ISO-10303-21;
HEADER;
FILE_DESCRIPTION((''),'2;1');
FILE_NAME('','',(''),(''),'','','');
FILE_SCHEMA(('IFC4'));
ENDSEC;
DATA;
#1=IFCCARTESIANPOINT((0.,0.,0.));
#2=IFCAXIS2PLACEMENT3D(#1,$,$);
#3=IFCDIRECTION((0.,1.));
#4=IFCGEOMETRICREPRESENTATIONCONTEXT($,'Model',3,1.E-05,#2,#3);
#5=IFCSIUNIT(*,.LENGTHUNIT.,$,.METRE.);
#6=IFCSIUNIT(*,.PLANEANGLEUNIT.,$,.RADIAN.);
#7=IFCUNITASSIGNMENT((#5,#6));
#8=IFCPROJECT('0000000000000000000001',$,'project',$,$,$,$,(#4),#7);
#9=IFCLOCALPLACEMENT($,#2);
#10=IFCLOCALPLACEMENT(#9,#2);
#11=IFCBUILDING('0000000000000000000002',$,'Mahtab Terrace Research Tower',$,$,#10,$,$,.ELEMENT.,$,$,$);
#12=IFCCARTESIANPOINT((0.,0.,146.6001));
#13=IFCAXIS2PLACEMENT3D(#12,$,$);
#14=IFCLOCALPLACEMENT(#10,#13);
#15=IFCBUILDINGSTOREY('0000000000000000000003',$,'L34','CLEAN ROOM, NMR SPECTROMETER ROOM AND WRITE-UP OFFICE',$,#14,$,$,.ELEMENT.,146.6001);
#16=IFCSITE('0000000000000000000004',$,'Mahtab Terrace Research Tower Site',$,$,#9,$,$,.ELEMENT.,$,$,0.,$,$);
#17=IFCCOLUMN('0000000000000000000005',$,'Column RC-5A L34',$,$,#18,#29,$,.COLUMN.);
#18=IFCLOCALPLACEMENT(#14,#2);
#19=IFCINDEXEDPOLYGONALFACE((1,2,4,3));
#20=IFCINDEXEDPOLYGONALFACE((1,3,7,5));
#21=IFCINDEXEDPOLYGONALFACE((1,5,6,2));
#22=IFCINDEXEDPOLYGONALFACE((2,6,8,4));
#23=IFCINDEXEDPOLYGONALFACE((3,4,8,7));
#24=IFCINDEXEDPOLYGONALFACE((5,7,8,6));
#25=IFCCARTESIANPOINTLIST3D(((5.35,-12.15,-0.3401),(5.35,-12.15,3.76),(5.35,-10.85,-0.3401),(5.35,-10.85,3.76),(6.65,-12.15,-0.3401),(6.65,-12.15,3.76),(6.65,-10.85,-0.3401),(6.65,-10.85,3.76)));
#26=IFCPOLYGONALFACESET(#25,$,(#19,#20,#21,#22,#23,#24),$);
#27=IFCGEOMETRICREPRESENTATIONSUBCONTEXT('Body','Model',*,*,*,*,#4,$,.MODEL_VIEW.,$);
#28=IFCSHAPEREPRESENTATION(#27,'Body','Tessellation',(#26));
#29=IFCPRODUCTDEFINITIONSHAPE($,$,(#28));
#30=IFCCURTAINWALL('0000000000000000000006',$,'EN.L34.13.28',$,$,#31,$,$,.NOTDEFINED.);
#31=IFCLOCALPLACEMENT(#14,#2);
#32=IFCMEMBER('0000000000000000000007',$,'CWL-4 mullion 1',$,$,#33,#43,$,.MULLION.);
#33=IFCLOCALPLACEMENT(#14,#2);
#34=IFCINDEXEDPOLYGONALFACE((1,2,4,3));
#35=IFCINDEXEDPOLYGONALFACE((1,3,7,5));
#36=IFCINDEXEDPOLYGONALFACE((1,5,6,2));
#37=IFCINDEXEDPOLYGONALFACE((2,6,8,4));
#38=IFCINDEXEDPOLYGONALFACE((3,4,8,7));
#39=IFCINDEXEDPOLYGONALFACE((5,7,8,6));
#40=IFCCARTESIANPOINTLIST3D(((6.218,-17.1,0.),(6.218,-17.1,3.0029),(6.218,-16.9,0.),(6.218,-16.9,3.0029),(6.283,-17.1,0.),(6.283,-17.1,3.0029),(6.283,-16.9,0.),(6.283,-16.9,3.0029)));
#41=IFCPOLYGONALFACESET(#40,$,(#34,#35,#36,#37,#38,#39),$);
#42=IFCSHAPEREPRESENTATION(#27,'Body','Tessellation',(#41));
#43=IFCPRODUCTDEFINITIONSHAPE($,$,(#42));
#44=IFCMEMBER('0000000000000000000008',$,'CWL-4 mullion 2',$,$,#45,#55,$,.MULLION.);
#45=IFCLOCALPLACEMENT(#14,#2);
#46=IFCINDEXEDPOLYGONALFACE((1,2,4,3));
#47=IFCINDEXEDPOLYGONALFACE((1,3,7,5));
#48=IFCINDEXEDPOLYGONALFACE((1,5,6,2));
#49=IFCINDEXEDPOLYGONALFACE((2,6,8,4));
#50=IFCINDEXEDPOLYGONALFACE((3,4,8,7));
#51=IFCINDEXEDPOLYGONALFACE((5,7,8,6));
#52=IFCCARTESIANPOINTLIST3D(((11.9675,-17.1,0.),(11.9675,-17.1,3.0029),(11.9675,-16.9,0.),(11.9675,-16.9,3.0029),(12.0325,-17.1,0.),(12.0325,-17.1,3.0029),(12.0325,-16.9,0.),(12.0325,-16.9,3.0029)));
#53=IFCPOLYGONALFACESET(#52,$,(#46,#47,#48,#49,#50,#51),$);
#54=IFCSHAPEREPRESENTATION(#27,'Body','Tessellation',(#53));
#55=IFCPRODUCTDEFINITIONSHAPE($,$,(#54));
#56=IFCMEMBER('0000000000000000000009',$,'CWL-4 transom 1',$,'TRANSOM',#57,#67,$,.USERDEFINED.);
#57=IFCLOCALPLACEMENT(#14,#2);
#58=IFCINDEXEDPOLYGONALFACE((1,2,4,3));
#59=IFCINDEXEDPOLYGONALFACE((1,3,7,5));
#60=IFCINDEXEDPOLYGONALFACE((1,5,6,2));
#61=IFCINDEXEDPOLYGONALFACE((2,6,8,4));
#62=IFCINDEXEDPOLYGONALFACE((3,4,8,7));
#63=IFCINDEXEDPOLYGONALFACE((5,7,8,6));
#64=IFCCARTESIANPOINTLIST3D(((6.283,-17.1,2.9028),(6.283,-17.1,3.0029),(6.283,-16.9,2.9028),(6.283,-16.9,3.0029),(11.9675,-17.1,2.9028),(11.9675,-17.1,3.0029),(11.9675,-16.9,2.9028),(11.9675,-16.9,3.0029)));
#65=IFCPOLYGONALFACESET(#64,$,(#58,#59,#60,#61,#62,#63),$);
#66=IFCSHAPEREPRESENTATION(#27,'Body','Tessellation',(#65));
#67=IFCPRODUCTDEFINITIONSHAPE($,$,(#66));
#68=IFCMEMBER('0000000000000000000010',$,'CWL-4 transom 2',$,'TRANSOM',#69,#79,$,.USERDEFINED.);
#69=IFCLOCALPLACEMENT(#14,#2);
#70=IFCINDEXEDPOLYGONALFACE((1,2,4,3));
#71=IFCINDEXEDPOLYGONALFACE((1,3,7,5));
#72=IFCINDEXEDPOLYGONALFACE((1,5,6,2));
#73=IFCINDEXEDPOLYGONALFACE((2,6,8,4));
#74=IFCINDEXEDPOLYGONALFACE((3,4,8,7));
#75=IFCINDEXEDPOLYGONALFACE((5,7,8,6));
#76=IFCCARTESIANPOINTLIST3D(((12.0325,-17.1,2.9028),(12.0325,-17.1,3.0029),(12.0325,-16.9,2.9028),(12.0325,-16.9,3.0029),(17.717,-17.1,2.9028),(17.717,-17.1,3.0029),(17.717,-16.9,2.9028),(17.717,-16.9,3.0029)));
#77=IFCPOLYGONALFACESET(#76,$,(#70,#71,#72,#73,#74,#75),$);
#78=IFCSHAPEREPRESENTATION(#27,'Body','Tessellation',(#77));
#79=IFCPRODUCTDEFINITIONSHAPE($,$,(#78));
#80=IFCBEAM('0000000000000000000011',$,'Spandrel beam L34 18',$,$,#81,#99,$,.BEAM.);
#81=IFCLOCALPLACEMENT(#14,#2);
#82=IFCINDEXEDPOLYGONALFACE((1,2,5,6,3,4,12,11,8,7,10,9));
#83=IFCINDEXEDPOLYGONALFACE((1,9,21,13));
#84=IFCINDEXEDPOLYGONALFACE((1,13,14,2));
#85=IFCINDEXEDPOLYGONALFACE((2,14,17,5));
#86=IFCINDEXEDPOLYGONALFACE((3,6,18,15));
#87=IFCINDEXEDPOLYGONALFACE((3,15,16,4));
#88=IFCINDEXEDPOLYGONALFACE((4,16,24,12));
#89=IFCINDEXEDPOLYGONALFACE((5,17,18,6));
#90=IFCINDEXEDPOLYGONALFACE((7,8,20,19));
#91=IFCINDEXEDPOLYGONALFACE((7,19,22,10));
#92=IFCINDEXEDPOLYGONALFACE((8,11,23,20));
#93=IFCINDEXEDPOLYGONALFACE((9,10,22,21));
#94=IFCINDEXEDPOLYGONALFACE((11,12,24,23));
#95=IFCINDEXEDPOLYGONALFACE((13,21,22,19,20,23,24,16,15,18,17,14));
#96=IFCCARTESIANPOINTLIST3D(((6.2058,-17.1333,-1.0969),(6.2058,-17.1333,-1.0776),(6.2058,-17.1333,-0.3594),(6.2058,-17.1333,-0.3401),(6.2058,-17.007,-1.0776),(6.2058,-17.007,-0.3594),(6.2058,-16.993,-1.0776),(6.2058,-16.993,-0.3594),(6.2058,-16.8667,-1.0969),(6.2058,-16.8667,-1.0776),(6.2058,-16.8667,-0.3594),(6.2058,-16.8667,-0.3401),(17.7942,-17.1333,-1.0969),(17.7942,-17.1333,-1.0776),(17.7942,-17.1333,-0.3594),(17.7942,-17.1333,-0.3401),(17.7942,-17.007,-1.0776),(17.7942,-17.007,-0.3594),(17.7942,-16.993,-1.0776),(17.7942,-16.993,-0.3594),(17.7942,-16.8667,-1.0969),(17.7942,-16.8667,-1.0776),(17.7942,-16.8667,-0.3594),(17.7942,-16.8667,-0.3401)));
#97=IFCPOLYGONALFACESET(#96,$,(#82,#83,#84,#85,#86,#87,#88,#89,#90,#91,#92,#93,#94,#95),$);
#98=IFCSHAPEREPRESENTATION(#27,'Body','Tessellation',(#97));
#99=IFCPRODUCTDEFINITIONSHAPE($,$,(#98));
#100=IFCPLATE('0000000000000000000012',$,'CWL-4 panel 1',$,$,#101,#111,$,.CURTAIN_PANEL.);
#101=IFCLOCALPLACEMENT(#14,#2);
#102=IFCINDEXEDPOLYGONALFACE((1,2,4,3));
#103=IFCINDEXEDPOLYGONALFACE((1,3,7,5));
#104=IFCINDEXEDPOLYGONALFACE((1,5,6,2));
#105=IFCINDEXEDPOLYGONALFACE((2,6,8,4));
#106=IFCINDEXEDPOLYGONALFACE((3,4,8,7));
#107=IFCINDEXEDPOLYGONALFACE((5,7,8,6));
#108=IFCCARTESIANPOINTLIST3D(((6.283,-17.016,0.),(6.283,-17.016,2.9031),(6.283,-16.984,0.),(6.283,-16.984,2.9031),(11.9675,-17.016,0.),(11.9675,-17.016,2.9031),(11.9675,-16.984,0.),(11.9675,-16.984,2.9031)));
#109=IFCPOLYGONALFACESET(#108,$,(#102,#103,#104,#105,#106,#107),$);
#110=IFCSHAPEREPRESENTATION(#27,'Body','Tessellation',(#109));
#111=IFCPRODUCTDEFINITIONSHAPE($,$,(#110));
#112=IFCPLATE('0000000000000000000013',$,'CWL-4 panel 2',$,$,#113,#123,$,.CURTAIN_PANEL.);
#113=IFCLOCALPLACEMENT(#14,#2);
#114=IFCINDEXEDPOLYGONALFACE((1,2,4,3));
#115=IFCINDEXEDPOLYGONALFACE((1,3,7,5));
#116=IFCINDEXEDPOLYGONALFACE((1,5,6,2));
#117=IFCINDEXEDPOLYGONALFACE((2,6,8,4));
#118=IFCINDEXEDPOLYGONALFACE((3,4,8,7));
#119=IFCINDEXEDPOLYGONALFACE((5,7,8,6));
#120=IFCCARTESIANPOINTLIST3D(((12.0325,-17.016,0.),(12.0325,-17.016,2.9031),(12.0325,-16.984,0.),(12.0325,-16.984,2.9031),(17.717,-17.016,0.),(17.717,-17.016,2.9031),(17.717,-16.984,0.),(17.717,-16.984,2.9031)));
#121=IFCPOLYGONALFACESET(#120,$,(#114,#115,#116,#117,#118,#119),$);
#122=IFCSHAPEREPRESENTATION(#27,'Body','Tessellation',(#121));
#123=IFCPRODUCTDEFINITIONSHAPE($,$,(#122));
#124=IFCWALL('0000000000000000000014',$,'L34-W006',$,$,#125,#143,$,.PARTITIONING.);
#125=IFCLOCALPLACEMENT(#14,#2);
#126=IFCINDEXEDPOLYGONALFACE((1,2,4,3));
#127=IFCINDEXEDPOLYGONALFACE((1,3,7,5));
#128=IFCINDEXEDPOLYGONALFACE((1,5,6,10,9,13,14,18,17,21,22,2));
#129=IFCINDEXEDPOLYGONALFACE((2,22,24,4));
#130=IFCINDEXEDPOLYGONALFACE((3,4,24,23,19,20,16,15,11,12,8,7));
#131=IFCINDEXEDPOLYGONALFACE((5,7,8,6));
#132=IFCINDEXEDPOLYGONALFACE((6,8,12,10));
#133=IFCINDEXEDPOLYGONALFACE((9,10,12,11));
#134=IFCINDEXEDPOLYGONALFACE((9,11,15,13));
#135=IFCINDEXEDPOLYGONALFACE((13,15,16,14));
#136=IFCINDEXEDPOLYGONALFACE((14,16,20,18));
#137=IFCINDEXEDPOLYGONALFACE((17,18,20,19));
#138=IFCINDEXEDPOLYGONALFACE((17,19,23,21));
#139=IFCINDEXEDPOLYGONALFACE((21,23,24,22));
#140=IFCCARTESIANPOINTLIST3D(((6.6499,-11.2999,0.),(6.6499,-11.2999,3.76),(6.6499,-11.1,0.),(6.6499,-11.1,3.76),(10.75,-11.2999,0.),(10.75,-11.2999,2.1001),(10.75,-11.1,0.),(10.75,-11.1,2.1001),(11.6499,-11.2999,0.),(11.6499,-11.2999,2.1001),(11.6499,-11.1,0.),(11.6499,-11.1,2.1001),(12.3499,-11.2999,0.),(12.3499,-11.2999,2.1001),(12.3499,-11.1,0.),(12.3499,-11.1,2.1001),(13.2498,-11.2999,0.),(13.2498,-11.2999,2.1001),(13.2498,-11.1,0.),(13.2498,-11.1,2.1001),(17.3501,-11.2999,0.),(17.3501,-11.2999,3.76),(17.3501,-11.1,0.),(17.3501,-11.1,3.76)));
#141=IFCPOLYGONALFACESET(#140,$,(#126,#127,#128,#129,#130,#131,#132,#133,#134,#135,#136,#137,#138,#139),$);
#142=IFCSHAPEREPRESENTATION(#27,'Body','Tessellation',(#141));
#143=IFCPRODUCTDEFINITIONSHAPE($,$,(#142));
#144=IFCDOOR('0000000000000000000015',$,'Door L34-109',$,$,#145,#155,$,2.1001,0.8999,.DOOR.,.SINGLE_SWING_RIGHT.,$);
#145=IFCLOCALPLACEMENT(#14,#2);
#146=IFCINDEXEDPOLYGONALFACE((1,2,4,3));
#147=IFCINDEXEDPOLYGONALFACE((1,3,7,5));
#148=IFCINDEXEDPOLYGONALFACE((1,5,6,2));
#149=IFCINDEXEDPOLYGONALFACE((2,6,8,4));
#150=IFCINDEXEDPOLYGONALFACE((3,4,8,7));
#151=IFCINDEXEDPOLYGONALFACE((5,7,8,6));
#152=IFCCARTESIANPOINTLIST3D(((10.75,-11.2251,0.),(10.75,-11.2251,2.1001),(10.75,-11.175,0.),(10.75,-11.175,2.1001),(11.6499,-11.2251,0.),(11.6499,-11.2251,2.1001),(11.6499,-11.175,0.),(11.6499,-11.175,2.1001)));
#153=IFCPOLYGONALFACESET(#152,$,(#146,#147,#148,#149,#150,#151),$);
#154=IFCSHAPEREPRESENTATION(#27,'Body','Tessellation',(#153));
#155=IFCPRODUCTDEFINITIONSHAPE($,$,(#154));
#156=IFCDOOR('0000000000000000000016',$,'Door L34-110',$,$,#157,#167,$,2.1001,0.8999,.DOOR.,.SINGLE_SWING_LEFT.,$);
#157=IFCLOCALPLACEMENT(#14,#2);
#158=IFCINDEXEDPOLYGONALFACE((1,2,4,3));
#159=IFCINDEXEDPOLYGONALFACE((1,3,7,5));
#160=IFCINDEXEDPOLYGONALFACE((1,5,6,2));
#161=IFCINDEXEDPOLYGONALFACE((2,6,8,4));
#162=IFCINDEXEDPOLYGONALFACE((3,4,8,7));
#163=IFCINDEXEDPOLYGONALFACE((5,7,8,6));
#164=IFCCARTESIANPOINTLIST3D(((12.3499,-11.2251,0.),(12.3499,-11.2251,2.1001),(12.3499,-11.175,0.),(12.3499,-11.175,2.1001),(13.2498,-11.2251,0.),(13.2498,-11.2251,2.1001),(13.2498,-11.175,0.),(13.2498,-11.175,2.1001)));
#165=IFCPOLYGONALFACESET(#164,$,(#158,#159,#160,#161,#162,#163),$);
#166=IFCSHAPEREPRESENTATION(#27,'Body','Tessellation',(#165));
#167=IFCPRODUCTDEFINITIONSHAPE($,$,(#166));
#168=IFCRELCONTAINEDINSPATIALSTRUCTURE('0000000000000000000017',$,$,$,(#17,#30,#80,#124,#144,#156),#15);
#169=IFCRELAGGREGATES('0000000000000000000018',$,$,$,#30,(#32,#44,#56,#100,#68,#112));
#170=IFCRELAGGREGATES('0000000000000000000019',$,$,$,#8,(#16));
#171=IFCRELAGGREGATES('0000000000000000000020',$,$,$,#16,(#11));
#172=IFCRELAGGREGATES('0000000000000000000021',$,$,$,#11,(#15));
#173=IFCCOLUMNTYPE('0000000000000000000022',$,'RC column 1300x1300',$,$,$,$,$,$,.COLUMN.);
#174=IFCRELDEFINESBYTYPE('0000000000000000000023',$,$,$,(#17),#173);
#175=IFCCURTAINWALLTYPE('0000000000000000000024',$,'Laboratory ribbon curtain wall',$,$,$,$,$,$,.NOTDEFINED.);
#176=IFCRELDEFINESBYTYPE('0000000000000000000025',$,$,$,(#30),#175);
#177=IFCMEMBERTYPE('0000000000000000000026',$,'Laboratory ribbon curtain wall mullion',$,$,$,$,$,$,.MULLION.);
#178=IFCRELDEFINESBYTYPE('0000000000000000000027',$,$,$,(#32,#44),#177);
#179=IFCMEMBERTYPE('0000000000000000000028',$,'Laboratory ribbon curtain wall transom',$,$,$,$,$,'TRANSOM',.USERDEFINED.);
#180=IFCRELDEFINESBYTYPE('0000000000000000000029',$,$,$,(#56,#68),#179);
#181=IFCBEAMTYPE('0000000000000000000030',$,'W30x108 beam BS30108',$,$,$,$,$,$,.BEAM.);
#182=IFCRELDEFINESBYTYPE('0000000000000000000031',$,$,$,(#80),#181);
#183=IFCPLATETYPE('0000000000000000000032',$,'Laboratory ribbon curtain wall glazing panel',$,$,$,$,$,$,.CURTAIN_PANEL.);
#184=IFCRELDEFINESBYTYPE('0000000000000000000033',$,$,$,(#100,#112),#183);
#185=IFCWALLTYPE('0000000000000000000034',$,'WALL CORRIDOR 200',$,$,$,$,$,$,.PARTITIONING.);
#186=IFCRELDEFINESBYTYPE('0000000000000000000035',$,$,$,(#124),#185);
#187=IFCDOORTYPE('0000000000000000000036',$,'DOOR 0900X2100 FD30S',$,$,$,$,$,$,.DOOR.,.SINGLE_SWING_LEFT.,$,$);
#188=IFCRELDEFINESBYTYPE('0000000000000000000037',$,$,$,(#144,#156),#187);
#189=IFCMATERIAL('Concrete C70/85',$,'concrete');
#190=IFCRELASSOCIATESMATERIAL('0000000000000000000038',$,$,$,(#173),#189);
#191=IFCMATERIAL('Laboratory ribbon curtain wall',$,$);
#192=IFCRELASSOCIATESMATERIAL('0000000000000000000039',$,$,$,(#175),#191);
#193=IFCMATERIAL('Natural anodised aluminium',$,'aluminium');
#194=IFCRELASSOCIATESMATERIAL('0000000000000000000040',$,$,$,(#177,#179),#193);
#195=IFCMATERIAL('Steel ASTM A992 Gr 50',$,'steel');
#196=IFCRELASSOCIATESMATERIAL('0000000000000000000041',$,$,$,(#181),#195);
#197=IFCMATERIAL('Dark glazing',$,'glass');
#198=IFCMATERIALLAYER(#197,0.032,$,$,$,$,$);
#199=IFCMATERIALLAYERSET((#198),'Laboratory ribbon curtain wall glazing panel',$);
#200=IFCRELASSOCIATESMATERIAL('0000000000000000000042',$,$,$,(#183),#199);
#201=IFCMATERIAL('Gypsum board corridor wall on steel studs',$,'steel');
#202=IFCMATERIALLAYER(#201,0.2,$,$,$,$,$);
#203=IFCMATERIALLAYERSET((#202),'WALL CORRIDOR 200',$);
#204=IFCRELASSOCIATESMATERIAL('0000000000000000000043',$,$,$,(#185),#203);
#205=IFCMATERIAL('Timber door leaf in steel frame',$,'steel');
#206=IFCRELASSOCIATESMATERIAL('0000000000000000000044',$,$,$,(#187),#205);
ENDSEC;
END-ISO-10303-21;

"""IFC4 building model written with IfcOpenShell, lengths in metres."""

from ifc_helpers import new_model, si_unit, direction, frame, frame_2d, origin, origin_2d, place, context, subcontext, project, spatial, rectangle, i_section, extrude, material, layer, layer_set, material_profile, profile_set, type_object, element, fill, aggregate, save


model = new_model("IFC4")

# Units and contexts
model_context = context("Model", 3, precision=1e-05, world=origin(), true_north=direction((0.0, 1.0)))
body_context = subcontext(model_context, "Body", "Model", "MODEL_VIEW")
ifc_project = project(units=[si_unit("LENGTHUNIT", "METRE"), si_unit("PLANEANGLEUNIT", "RADIAN")], contexts=[model_context])

# Site, building, storey
site_placement = place(None, origin())
site = spatial("IfcSite", under=ifc_project, at=site_placement, Name="Mahtab Terrace Research Tower Site", CompositionType="ELEMENT", RefElevation=0.0)
building_placement = place(site_placement, origin())
building = spatial("IfcBuilding", under=site, at=building_placement, Name="Mahtab Terrace Research Tower", CompositionType="ELEMENT")
storey_placement = place(building_placement, frame((0.0, 0.0, 146.6001)))
storey = spatial("IfcBuildingStorey", under=building, at=storey_placement, Name="L34", Description="CLEAN ROOM, NMR SPECTROMETER ROOM AND WRITE-UP OFFICE", CompositionType="ELEMENT", Elevation=146.6001)

# Column
ifc_material_1 = material(Name="Concrete C70/85", Category="concrete")
ifc_material_profile_1 = material_profile(ifc_material_1, rectangle(XDim=1.3, YDim=1.3, at=origin_2d()), Name="RC column 1300x1300")
ifc_profile_set_1 = profile_set([ifc_material_profile_1], Name="Concrete C70/85")
column_type = type_object("IfcColumnType", Name="RC column 1300x1300", PredefinedType="COLUMN", material=ifc_profile_set_1)
column_placement = place(storey_placement, frame((6.0, -11.5, -0.3401), z_axis=(0.0, 0.0, 1.0), x_axis=(1.0, 0.0, 0.0)))
element("IfcColumn", 1, at=column_placement, inside=storey, type_object=column_type, Name="Column RC-5A L34", PredefinedType="COLUMN", context=body_context, shape_type="SweptSolid", body=[
    extrude(rectangle(XDim=1.3, YDim=1.3, at=origin_2d()), origin(), (0.0, 0.0, 1.0), 4.1001),
])

# Curtain wall, members
ifc_material_2 = material(Name="Laboratory ribbon curtain wall")
curtain_wall_type = type_object("IfcCurtainWallType", Name="Laboratory ribbon curtain wall", PredefinedType="NOTDEFINED", material=ifc_material_2)
curtain_wall_placement = place(storey_placement, origin())
curtain_wall = element("IfcCurtainWall", 2, at=curtain_wall_placement, inside=storey, type_object=curtain_wall_type, Name="EN.L34.13.28", PredefinedType="NOTDEFINED")
ifc_material_3 = material(Name="Natural anodised aluminium", Category="aluminium")
ifc_material_profile_2 = material_profile(ifc_material_3, rectangle(XDim=0.2, YDim=0.0649, at=origin_2d()), Name="MULLION 65x200")
ifc_profile_set_2 = profile_set([ifc_material_profile_2], Name="Natural anodised aluminium")
member_type_1 = type_object("IfcMemberType", Name="Laboratory ribbon curtain wall mullion", PredefinedType="MULLION", material=ifc_profile_set_2)
member_1_placement = place(storey_placement, frame((6.2505, -17.0, 0.0), z_axis=(0.0, 0.0, 1.0), x_axis=(0.0, 1.0, 0.0)))
member_1 = element("IfcMember", 3, at=member_1_placement, type_object=member_type_1, Name="CWL-4 mullion 1", PredefinedType="MULLION", context=body_context, shape_type="SweptSolid", body=[
    extrude(rectangle(XDim=0.2, YDim=0.0649, at=origin_2d()), origin(), (0.0, 0.0, 1.0), 3.0029),
])
member_2_placement = place(storey_placement, frame((12.0, -17.0, 0.0), z_axis=(0.0, 0.0, 1.0), x_axis=(0.0, 1.0, 0.0)))
member_2 = element("IfcMember", 4, at=member_2_placement, type_object=member_type_1, Name="CWL-4 mullion 2", PredefinedType="MULLION", context=body_context, shape_type="SweptSolid", body=[
    extrude(rectangle(XDim=0.2, YDim=0.0649, at=origin_2d()), origin(), (0.0, 0.0, 1.0), 3.0029),
])
ifc_material_profile_3 = material_profile(ifc_material_3, rectangle(XDim=0.2, YDim=0.1001, at=origin_2d()), Name="TRANSOM 100x200")
ifc_profile_set_3 = profile_set([ifc_material_profile_3], Name="Natural anodised aluminium")
member_type_2 = type_object("IfcMemberType", Name="Laboratory ribbon curtain wall transom", ElementType="TRANSOM", PredefinedType="USERDEFINED", material=ifc_profile_set_3)
member_3_placement = place(storey_placement, frame((6.283, -17.0, 2.9529), z_axis=(1.0, 0.0, 0.0), x_axis=(0.0, 1.0, 0.0)))
member_3 = element("IfcMember", 5, at=member_3_placement, type_object=member_type_2, Name="CWL-4 transom 1", ObjectType="TRANSOM", PredefinedType="USERDEFINED", context=body_context, shape_type="SweptSolid", body=[
    extrude(rectangle(XDim=0.2, YDim=0.1001, at=origin_2d()), origin(), (0.0, 0.0, 1.0), 5.6846),
])
member_4_placement = place(storey_placement, frame((12.0325, -17.0, 2.9529), z_axis=(1.0, 0.0, 0.0), x_axis=(0.0, 1.0, 0.0)))
member_4 = element("IfcMember", 6, at=member_4_placement, type_object=member_type_2, Name="CWL-4 transom 2", ObjectType="TRANSOM", PredefinedType="USERDEFINED", context=body_context, shape_type="SweptSolid", body=[
    extrude(rectangle(XDim=0.2, YDim=0.1001, at=origin_2d()), origin(), (0.0, 0.0, 1.0), 5.6846),
])

# Beam
ifc_material_4 = material(Name="Steel ASTM A992 Gr 50", Category="steel")
ifc_material_profile_4 = material_profile(ifc_material_4, i_section(OverallWidth=0.2666, OverallDepth=0.7568, WebThickness=0.0139, FlangeThickness=0.0193, at=origin_2d()), Name="W30X108")
ifc_profile_set_4 = profile_set([ifc_material_profile_4], Name="Steel ASTM A992 Gr 50")
beam_type = type_object("IfcBeamType", Name="W30x108 beam BS30108", PredefinedType="BEAM", material=ifc_profile_set_4)
beam_placement = place(storey_placement, frame((6.2058, -17.0, -0.7185), z_axis=(1.0, 0.0, 0.0), x_axis=(0.0, 1.0, 0.0)))
element("IfcBeam", 7, at=beam_placement, inside=storey, type_object=beam_type, Name="Spandrel beam L34 18", PredefinedType="BEAM", context=body_context, shape_type="SweptSolid", body=[
    extrude(i_section(OverallWidth=0.2666, OverallDepth=0.7568, WebThickness=0.0139, FlangeThickness=0.0193, at=origin_2d()), origin(), (0.0, 0.0, 1.0), 11.5884),
])

# Plates
ifc_material_5 = material(Name="Dark glazing", Category="glass")
ifc_layer_1 = layer(ifc_material_5, 0.032)
ifc_layer_set_1 = layer_set([ifc_layer_1], Name="Laboratory ribbon curtain wall glazing panel")
plate_type = type_object("IfcPlateType", Name="Laboratory ribbon curtain wall glazing panel", PredefinedType="CURTAIN_PANEL", material=ifc_layer_set_1)
plate_1_placement = place(storey_placement, frame((9.1252, -17.0, 0.0), z_axis=(0.0, 0.0, 1.0), x_axis=(1.0, 0.0, 0.0)))
plate_1 = element("IfcPlate", 8, at=plate_1_placement, type_object=plate_type, Name="CWL-4 panel 1", PredefinedType="CURTAIN_PANEL", context=body_context, shape_type="SweptSolid", body=[
    extrude(rectangle(XDim=5.6846, YDim=0.032, at=origin_2d()), origin(), (0.0, 0.0, 1.0), 2.9031),
])
plate_2_placement = place(storey_placement, frame((14.8748, -17.0, 0.0), z_axis=(0.0, 0.0, 1.0), x_axis=(1.0, 0.0, 0.0)))
plate_2 = element("IfcPlate", 9, at=plate_2_placement, type_object=plate_type, Name="CWL-4 panel 2", PredefinedType="CURTAIN_PANEL", context=body_context, shape_type="SweptSolid", body=[
    extrude(rectangle(XDim=5.6846, YDim=0.032, at=origin_2d()), origin(), (0.0, 0.0, 1.0), 2.9031),
])
aggregate(curtain_wall, [member_1, member_2, member_3, plate_1, member_4, plate_2])

# Wall, openings, doors
ifc_material_6 = material(Name="Gypsum board corridor wall on steel studs", Category="steel")
ifc_layer_2 = layer(ifc_material_6, 0.2)
ifc_layer_set_2 = layer_set([ifc_layer_2], Name="WALL CORRIDOR 200")
wall_type_1 = type_object("IfcWallType", Name="WALL CORRIDOR 200", PredefinedType="PARTITIONING", material=ifc_layer_set_2)
wall_1_placement = place(storey_placement, frame((6.6499, -11.2, 0.0), z_axis=(0.0, 0.0, 1.0), x_axis=(1.0, 0.0, 0.0)))
wall_1 = element("IfcWall", 10, at=wall_1_placement, inside=storey, type_object=wall_type_1, Name="L34-W006", PredefinedType="PARTITIONING", context=body_context, shape_type="SweptSolid", body=[
    extrude(rectangle(XDim=10.7002, YDim=0.2, at=frame_2d((5.3501, 0.0))), origin(), (0.0, 0.0, 1.0), 3.76),
])
opening_1_placement = place(wall_1_placement, frame((4.1001, 0.0, 0.0)))
opening_1 = element("IfcOpeningElement", 11, at=opening_1_placement, cuts=wall_1, PredefinedType="OPENING", context=body_context, shape_type="SweptSolid", body=[
    extrude(rectangle(XDim=0.8999, YDim=2.1001, at=frame_2d((0.45, 1.05))), frame((0.0, 0.1099, 0.0), z_axis=(0.0, -1.0, 0.0), x_axis=(1.0, 0.0, 0.0)), (0.0, 0.0, 1.0), 0.22),
])
opening_2_placement = place(wall_1_placement, frame((5.7, 0.0, 0.0)))
opening_2 = element("IfcOpeningElement", 12, at=opening_2_placement, cuts=wall_1, PredefinedType="OPENING", context=body_context, shape_type="SweptSolid", body=[
    extrude(rectangle(XDim=0.8999, YDim=2.1001, at=frame_2d((0.45, 1.05))), frame((0.0, 0.1099, 0.0), z_axis=(0.0, -1.0, 0.0), x_axis=(1.0, 0.0, 0.0)), (0.0, 0.0, 1.0), 0.22),
])
ifc_material_7 = material(Name="Timber door leaf in steel frame", Category="steel")
door_type_1 = type_object("IfcDoorType", Name="DOOR 0900X2100 FD30S", OperationType="SINGLE_SWING_LEFT", PredefinedType="DOOR", material=ifc_material_7)
door_1_placement = place(opening_1_placement, origin())
door_1 = element("IfcDoor", 13, at=door_1_placement, inside=storey, type_object=door_type_1, Name="Door L34-109", OperationType="SINGLE_SWING_RIGHT", OverallHeight=2.1001, OverallWidth=0.8999, PredefinedType="DOOR", context=body_context, shape_type="SweptSolid", body=[
    extrude(rectangle(XDim=0.8999, YDim=2.1001, at=frame_2d((0.45, 1.05))), frame((0.0, 0.0249, 0.0), z_axis=(0.0, -1.0, 0.0), x_axis=(1.0, 0.0, 0.0)), (0.0, 0.0, 1.0), 0.05),
])
fill(opening_1, door_1)
door_2_placement = place(opening_2_placement, origin())
door_2 = element("IfcDoor", 14, at=door_2_placement, inside=storey, type_object=door_type_1, Name="Door L34-110", OperationType="SINGLE_SWING_LEFT", OverallHeight=2.1001, OverallWidth=0.8999, PredefinedType="DOOR", context=body_context, shape_type="SweptSolid", body=[
    extrude(rectangle(XDim=0.8999, YDim=2.1001, at=frame_2d((0.45, 1.05))), frame((0.0, 0.0249, 0.0), z_axis=(0.0, -1.0, 0.0), x_axis=(1.0, 0.0, 0.0)), (0.0, 0.0, 1.0), 0.05),
])
fill(opening_2, door_2)

save(model, "model.ifc")
